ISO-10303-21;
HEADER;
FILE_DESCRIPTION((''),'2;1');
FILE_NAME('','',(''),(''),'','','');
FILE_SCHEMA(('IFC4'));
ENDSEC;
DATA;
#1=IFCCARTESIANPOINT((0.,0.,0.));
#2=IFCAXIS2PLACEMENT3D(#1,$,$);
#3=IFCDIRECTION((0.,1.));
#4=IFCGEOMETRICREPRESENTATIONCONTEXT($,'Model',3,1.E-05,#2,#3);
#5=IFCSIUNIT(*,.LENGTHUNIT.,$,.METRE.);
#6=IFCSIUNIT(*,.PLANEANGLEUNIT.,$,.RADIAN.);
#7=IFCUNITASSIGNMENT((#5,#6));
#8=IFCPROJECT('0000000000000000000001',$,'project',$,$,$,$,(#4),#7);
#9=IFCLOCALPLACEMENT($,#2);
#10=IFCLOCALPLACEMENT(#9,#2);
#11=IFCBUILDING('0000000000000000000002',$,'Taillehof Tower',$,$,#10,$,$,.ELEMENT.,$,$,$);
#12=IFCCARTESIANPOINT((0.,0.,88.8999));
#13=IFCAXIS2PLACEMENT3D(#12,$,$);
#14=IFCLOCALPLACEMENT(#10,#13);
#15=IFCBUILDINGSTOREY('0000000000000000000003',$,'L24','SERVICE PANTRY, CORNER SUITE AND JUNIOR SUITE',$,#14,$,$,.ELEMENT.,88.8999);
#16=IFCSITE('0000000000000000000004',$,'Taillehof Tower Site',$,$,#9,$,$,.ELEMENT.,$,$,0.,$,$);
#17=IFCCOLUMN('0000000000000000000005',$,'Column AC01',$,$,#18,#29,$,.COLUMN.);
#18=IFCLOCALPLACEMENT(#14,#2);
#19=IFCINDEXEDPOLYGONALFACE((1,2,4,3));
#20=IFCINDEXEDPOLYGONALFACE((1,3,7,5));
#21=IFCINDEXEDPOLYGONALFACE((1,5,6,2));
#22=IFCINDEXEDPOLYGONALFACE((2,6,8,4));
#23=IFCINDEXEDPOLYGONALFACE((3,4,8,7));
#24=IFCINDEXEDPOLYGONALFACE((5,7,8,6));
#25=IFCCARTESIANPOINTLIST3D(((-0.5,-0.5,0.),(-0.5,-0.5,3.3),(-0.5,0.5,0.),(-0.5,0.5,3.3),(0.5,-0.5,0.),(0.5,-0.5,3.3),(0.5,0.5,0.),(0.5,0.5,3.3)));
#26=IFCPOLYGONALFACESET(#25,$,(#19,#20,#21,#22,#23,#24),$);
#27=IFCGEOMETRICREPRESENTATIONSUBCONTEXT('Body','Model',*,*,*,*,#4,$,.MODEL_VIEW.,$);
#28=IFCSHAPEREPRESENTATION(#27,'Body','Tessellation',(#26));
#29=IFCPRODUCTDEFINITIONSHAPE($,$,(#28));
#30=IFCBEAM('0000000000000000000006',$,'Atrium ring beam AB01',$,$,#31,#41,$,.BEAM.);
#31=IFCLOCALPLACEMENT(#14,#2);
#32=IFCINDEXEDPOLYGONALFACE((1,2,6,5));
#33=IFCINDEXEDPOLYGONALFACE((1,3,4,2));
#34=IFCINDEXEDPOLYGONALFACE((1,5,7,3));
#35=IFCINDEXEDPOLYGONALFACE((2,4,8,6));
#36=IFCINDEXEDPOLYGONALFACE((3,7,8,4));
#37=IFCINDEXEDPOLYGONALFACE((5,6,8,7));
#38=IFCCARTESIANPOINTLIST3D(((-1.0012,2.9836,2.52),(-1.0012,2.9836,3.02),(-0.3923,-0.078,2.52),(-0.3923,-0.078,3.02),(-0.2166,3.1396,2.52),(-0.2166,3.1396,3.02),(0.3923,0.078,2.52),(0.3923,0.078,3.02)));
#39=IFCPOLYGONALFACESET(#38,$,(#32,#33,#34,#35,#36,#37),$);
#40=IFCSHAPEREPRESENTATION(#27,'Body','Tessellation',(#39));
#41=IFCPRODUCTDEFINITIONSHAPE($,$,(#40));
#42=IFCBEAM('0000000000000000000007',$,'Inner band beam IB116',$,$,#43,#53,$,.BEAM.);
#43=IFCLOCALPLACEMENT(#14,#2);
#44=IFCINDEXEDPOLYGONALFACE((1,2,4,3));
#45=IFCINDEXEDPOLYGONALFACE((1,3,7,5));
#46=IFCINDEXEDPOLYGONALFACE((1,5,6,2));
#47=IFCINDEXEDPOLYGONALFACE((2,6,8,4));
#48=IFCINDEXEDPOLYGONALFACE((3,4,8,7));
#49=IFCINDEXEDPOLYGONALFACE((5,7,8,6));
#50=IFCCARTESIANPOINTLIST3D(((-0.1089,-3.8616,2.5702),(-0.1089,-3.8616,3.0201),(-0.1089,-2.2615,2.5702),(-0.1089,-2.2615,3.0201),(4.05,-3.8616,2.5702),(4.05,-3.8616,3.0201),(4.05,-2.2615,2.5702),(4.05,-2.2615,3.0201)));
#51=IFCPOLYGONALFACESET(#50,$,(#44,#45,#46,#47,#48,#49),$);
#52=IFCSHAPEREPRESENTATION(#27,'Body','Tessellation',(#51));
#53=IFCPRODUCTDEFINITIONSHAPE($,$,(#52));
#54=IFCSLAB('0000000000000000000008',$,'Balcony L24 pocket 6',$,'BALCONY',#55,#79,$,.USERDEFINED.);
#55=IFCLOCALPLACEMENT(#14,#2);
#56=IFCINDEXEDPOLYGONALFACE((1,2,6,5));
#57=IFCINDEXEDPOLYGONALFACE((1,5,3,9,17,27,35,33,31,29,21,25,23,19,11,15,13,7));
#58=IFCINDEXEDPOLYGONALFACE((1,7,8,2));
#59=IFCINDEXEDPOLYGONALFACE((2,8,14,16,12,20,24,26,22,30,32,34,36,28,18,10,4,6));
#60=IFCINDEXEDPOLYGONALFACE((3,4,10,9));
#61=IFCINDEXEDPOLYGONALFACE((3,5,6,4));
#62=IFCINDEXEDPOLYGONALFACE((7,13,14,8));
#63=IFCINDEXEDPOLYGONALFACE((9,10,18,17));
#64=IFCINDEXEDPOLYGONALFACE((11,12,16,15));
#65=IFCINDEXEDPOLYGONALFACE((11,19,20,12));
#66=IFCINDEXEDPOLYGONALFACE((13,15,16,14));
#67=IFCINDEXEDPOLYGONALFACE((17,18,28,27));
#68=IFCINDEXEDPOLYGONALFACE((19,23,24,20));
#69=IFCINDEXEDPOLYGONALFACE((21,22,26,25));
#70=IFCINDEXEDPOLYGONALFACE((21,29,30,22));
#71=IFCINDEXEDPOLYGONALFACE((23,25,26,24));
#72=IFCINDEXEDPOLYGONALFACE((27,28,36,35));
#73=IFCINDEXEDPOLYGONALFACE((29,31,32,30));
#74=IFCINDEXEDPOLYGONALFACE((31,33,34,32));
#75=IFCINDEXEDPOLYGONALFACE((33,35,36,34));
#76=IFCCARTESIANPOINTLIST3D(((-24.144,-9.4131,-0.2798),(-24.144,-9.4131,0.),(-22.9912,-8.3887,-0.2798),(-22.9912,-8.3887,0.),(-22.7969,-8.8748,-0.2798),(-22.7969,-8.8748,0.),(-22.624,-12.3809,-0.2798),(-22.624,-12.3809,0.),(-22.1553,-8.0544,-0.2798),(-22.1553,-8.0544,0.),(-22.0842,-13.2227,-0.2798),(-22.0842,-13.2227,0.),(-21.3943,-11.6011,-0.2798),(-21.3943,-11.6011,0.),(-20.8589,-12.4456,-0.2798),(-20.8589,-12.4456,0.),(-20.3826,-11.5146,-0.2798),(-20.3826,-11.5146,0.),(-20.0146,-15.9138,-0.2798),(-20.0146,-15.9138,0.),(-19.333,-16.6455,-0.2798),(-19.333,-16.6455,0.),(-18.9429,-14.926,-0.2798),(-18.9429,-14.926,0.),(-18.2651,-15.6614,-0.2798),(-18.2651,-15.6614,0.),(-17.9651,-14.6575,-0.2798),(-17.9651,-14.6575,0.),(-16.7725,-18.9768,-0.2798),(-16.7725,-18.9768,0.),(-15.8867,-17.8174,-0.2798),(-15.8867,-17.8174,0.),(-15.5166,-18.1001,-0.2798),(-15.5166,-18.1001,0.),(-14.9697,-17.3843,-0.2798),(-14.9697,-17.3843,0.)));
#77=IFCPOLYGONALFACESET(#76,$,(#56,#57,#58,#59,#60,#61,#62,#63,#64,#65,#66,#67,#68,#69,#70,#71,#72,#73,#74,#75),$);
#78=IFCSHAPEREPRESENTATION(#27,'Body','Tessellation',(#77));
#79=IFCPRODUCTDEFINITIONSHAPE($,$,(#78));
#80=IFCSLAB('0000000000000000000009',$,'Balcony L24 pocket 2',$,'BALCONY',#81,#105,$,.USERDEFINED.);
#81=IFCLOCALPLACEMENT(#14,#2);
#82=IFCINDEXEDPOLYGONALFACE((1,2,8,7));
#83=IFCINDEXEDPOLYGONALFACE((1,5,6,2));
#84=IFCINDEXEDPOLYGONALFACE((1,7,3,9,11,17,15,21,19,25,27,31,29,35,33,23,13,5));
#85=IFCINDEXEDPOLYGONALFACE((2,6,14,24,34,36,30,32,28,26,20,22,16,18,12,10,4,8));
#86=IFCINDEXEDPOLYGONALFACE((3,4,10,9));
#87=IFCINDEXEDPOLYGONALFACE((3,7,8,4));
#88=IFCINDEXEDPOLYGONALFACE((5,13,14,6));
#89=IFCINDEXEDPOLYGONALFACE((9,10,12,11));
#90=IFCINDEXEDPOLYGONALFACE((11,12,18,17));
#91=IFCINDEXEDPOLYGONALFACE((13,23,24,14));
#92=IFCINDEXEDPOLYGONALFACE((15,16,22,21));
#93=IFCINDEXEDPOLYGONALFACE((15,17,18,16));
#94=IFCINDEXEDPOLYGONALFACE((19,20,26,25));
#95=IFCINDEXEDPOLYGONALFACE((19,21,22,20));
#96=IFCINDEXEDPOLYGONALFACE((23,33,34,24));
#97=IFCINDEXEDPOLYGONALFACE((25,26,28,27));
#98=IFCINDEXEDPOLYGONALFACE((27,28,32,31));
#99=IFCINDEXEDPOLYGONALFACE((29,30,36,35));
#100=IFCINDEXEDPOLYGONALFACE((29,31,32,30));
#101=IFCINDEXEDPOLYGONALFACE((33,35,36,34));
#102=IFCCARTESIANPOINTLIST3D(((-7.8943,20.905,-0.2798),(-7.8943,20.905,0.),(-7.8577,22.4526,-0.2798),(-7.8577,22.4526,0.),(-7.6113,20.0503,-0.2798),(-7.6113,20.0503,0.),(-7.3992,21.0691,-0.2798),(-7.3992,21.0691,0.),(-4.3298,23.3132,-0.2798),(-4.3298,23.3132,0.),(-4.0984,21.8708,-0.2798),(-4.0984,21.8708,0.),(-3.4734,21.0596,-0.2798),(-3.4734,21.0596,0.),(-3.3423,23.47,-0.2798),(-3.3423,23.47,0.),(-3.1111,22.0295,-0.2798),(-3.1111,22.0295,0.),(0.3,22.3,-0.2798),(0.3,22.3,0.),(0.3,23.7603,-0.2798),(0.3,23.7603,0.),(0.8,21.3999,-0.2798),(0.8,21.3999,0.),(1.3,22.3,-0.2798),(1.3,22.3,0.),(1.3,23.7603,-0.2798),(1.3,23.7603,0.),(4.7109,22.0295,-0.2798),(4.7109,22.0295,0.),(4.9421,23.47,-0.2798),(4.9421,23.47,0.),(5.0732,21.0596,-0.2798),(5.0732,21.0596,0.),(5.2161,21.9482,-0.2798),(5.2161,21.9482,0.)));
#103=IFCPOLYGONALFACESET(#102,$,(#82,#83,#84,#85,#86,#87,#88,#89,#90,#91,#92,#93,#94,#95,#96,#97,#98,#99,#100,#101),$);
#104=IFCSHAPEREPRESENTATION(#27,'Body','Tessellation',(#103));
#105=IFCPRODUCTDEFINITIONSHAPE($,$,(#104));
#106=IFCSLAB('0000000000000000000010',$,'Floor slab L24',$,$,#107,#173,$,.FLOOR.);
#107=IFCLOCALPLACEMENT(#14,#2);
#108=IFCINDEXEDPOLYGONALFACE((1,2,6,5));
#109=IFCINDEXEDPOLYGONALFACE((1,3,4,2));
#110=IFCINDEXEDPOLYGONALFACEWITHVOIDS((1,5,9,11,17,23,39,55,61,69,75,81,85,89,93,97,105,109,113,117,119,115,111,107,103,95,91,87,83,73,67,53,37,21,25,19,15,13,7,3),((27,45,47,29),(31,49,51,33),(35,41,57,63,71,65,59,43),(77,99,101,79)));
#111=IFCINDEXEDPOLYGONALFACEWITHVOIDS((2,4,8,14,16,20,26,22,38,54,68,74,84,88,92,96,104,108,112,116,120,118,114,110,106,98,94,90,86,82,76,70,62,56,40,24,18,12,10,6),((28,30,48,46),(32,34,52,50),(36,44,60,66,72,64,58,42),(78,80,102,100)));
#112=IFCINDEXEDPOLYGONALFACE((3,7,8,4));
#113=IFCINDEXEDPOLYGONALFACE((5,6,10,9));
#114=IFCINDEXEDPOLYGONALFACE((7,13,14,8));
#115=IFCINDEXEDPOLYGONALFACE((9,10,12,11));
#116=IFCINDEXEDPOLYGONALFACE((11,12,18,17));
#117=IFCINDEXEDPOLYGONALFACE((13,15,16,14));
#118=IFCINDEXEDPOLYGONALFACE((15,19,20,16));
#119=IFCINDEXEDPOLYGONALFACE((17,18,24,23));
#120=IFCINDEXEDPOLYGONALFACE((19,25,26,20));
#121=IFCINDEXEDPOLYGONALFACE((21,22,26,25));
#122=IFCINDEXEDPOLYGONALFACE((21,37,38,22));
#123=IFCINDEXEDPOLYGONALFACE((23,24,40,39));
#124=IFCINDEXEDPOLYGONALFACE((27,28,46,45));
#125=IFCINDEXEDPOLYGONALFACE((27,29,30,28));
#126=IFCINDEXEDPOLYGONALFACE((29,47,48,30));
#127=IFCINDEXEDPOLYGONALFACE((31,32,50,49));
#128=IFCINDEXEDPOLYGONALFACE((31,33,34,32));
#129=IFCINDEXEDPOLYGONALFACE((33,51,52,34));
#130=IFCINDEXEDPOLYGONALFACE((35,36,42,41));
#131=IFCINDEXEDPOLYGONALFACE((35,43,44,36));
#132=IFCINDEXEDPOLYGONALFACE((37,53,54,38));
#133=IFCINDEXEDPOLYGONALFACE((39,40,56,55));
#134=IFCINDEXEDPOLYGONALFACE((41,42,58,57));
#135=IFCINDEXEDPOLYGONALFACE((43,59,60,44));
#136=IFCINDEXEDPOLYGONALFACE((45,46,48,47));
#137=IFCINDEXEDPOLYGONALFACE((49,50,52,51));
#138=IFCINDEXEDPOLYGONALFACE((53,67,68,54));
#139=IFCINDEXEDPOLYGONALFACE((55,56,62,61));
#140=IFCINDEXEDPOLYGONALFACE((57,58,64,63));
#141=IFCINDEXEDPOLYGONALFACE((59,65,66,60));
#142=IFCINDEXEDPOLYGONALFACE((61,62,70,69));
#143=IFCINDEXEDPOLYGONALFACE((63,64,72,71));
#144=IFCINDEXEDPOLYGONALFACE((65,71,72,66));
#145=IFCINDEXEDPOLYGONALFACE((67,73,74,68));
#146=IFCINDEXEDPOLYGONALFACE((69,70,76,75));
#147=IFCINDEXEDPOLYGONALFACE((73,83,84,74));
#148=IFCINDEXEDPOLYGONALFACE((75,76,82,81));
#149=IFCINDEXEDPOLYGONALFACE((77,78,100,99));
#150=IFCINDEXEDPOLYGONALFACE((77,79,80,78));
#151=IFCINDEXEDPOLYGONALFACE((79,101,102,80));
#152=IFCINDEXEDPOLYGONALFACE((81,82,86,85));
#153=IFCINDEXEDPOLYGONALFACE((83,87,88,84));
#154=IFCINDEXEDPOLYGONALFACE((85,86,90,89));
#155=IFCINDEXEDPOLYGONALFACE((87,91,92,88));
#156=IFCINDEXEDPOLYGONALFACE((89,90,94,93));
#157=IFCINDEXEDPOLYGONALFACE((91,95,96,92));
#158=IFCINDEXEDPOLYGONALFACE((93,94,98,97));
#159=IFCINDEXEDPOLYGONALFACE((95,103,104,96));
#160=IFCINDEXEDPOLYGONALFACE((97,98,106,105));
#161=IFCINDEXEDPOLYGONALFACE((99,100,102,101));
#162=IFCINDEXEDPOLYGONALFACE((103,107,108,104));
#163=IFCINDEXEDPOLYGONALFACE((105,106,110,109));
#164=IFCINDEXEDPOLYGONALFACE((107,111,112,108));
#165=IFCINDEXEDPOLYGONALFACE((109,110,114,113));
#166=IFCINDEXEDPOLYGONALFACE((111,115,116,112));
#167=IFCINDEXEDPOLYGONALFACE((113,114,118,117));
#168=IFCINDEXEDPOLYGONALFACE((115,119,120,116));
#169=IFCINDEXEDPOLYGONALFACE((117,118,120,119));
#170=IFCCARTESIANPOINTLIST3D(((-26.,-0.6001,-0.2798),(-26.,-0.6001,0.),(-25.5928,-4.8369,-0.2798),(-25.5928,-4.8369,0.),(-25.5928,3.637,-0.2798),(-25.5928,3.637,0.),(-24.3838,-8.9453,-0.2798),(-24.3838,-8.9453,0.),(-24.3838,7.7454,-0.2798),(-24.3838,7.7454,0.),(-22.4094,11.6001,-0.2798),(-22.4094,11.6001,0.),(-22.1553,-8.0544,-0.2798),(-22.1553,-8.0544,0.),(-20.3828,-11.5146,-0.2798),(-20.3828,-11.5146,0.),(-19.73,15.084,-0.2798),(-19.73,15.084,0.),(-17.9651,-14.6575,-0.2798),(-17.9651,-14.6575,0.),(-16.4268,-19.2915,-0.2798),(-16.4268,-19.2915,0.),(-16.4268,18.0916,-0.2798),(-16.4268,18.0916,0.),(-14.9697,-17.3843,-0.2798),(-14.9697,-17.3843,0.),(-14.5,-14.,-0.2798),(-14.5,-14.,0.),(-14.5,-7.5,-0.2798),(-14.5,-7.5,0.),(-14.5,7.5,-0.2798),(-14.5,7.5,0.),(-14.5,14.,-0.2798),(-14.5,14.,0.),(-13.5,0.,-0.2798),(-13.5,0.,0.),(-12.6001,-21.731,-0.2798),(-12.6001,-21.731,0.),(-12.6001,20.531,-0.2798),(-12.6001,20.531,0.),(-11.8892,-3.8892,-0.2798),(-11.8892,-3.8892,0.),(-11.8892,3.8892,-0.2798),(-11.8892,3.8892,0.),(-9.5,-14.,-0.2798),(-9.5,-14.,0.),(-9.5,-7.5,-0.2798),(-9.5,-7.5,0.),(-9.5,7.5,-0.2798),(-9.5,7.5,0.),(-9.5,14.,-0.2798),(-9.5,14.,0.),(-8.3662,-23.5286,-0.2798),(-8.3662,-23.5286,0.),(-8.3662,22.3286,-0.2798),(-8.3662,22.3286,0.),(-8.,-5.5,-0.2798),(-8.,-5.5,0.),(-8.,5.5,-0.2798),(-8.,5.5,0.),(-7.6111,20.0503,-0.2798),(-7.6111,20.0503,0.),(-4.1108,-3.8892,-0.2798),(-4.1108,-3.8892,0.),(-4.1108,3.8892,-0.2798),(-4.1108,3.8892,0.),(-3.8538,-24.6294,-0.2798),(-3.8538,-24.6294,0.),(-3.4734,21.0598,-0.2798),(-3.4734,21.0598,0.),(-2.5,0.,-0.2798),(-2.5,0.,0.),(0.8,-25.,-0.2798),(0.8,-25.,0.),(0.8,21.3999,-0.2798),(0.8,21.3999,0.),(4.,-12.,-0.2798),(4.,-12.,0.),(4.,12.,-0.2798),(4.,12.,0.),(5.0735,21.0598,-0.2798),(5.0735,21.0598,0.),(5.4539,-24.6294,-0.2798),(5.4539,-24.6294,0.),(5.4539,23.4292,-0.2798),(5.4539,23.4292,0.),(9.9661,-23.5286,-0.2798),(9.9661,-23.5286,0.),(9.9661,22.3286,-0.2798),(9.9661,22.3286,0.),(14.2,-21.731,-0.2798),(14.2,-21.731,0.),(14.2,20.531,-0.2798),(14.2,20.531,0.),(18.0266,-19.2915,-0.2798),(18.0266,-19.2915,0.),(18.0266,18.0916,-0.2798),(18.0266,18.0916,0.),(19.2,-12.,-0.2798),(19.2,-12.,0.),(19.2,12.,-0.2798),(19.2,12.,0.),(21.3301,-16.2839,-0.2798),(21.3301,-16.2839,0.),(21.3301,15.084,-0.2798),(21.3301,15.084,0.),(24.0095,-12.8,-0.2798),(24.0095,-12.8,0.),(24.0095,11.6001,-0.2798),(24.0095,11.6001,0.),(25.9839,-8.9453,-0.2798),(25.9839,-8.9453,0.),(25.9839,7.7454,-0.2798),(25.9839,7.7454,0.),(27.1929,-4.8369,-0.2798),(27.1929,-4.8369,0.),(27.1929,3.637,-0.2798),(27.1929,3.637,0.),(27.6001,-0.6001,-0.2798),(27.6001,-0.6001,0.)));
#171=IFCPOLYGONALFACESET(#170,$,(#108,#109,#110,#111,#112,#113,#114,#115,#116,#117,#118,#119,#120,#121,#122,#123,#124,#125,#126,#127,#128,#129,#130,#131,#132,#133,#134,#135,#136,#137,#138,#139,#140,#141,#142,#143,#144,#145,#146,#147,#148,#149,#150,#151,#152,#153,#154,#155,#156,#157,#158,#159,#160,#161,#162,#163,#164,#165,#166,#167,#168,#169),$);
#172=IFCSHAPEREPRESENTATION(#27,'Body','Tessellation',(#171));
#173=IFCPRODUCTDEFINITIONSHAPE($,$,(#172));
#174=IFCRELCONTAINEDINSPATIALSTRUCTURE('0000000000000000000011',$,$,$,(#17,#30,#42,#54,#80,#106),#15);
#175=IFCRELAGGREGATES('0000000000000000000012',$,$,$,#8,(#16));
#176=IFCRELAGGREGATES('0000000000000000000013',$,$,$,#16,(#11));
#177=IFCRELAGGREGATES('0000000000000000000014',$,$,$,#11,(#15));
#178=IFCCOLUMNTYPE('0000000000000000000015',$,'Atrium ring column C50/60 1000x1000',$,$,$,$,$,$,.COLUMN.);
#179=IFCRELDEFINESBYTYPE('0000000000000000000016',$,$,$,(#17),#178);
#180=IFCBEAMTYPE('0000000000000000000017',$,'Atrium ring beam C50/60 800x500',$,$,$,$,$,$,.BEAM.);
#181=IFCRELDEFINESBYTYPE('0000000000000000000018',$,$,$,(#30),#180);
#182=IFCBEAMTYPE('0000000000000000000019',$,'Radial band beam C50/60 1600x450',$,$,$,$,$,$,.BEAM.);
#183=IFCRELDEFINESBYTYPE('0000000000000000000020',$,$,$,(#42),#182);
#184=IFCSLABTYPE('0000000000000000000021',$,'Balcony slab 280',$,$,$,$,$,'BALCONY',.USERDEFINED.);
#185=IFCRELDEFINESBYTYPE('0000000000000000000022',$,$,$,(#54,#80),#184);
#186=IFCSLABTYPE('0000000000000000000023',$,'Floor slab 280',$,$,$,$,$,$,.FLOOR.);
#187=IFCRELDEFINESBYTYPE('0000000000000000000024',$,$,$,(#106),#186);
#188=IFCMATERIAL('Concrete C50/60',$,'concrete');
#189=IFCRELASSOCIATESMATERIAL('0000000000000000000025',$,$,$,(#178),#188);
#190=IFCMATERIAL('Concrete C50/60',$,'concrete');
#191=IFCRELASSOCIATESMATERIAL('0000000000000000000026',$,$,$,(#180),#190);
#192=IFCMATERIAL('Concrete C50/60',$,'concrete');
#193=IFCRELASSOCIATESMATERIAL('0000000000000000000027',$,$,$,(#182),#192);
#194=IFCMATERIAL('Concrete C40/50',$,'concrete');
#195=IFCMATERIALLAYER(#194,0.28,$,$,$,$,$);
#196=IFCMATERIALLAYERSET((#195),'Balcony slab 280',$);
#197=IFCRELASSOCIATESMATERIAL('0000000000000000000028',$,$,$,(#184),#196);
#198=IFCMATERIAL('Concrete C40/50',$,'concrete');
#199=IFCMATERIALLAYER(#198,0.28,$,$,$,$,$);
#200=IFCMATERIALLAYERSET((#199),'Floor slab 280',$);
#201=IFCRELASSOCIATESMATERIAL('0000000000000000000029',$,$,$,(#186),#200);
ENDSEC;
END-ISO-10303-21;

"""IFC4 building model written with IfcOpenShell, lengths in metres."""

from ifc_helpers import new_model, si_unit, direction, frame, origin, origin_with_axes, origin_2d, place, context, subcontext, project, spatial, polyline, rectangle, outline, extrude, material, layer, layer_set, material_profile, profile_set, type_object, element, save


model = new_model("IFC4")

# Units and contexts
model_context = context("Model", 3, precision=1e-05, world=origin(), true_north=direction((0.0, 1.0)))
body_context = subcontext(model_context, "Body", "Model", "MODEL_VIEW")
ifc_project = project(units=[si_unit("LENGTHUNIT", "METRE"), si_unit("PLANEANGLEUNIT", "RADIAN")], contexts=[model_context])

# Site, building, storey
site_placement = place(None, origin())
site = spatial("IfcSite", under=ifc_project, at=site_placement, Name="Taillehof Tower Site", CompositionType="ELEMENT", RefElevation=0.0)
building_placement = place(site_placement, origin())
building = spatial("IfcBuilding", under=site, at=building_placement, Name="Taillehof Tower", CompositionType="ELEMENT")
storey_placement = place(building_placement, frame((0.0, 0.0, 88.8999)))
storey = spatial("IfcBuildingStorey", under=building, at=storey_placement, Name="L24", Description="SERVICE PANTRY, CORNER SUITE AND JUNIOR SUITE", CompositionType="ELEMENT", Elevation=88.8999)

# Column
ifc_material_1 = material(Name="Concrete C50/60", Category="concrete")
ifc_material_profile_1 = material_profile(ifc_material_1, rectangle(XDim=1.0, YDim=1.0, at=origin_2d()), Name="RC 1000x1000")
ifc_profile_set_1 = profile_set([ifc_material_profile_1], Name="Concrete C50/60")
column_type = type_object("IfcColumnType", Name="Atrium ring column C50/60 1000x1000", PredefinedType="COLUMN", material=ifc_profile_set_1)
column_placement = place(storey_placement, origin_with_axes())
element("IfcColumn", 1, at=column_placement, inside=storey, type_object=column_type, Name="Column AC01", PredefinedType="COLUMN", context=body_context, shape_type="SweptSolid", body=[
    extrude(rectangle(XDim=1.0, YDim=1.0, at=origin_2d()), origin(), (0.0, 0.0, 1.0), 3.3),
])

# Beams
ifc_material_2 = material(Name="Concrete C50/60", Category="concrete")
ifc_material_profile_2 = material_profile(ifc_material_2, rectangle(XDim=0.8, YDim=0.5, at=origin_2d()), Name="RC 800x500")
ifc_profile_set_2 = profile_set([ifc_material_profile_2], Name="Concrete C50/60")
beam_type_1 = type_object("IfcBeamType", Name="Atrium ring beam C50/60 800x500", PredefinedType="BEAM", material=ifc_profile_set_2)
beam_1_placement = place(storey_placement, frame((0.0, 0.0, 2.77), z_axis=(-0.195063, 0.980791, 0.0), x_axis=(-0.980791, -0.195063, 0.0)))
element("IfcBeam", 2, at=beam_1_placement, inside=storey, type_object=beam_type_1, Name="Atrium ring beam AB01", PredefinedType="BEAM", context=body_context, shape_type="SweptSolid", body=[
    extrude(rectangle(XDim=0.8, YDim=0.5, at=origin_2d()), origin(), (0.0, 0.0, 1.0), 3.1216),
])
ifc_material_3 = material(Name="Concrete C50/60", Category="concrete")
ifc_material_profile_3 = material_profile(ifc_material_3, rectangle(XDim=1.6001, YDim=0.45, at=origin_2d()), Name="RC 1600x450")
ifc_profile_set_3 = profile_set([ifc_material_profile_3], Name="Concrete C50/60")
beam_type_2 = type_object("IfcBeamType", Name="Radial band beam C50/60 1600x450", PredefinedType="BEAM", material=ifc_profile_set_3)
beam_2_placement = place(storey_placement, frame((-0.1089, -3.0615, 2.7952), z_axis=(1.0, 0.0, 0.0), x_axis=(0.0, 1.0, 0.0)))
element("IfcBeam", 3, at=beam_2_placement, inside=storey, type_object=beam_type_2, Name="Inner band beam IB116", PredefinedType="BEAM", context=body_context, shape_type="SweptSolid", body=[
    extrude(rectangle(XDim=1.6001, YDim=0.45, at=origin_2d()), origin(), (0.0, 0.0, 1.0), 4.1589),
])

# Slabs
ifc_material_4 = material(Name="Concrete C40/50", Category="concrete")
ifc_layer_1 = layer(ifc_material_4, 0.28)
ifc_layer_set_1 = layer_set([ifc_layer_1], Name="Balcony slab 280")
slab_type_1 = type_object("IfcSlabType", Name="Balcony slab 280", ElementType="BALCONY", PredefinedType="USERDEFINED", material=ifc_layer_set_1)
slab_1_placement = place(storey_placement, frame((0.0, 0.0, -0.2798)))
element("IfcSlab", 4, at=slab_1_placement, inside=storey, type_object=slab_type_1, Name="Balcony L24 pocket 6", ObjectType="BALCONY", PredefinedType="USERDEFINED", context=body_context, shape_type="SweptSolid", body=[
    extrude(outline(polyline([(-14.9697, -17.3843), (-15.5166, -18.1001), (-15.8867, -17.8174), (-16.7725, -18.9768), (-19.333, -16.6455), (-18.2651, -15.6614), (-18.9429, -14.926), (-20.0146, -15.9138), (-22.0842, -13.2227), (-20.8589, -12.4456), (-21.3943, -11.6011), (-22.624, -12.3809), (-24.144, -9.4131), (-22.7969, -8.8748), (-22.9912, -8.3887), (-22.1553, -8.0544), (-20.3826, -11.5146), (-17.9651, -14.6575), (-14.9697, -17.3843)])), origin(), (0.0, 0.0, 1.0), 0.2798),
])
slab_2_placement = place(storey_placement, frame((0.0, 0.0, -0.2798)))
element("IfcSlab", 5, at=slab_2_placement, inside=storey, type_object=slab_type_1, Name="Balcony L24 pocket 2", ObjectType="BALCONY", PredefinedType="USERDEFINED", context=body_context, shape_type="SweptSolid", body=[
    extrude(outline(polyline([(-7.6113, 20.0503), (-7.8943, 20.905), (-7.3992, 21.0691), (-7.8577, 22.4526), (-4.3298, 23.3132), (-4.0984, 21.8708), (-3.1111, 22.0295), (-3.3423, 23.47), (0.3, 23.7603), (0.3, 22.3), (1.3, 22.3), (1.3, 23.7603), (4.9421, 23.47), (4.7109, 22.0295), (5.2161, 21.9482), (5.0732, 21.0596), (0.8, 21.3999), (-3.4734, 21.0596), (-7.6113, 20.0503)])), origin(), (0.0, 0.0, 1.0), 0.2798),
])
ifc_material_5 = material(Name="Concrete C40/50", Category="concrete")
ifc_layer_2 = layer(ifc_material_5, 0.28)
ifc_layer_set_2 = layer_set([ifc_layer_2], Name="Floor slab 280")
slab_type_2 = type_object("IfcSlabType", Name="Floor slab 280", PredefinedType="FLOOR", material=ifc_layer_set_2)
slab_3_placement = place(storey_placement, frame((0.0, 0.0, -0.2798)))
element("IfcSlab", 6, at=slab_3_placement, inside=storey, type_object=slab_type_2, Name="Floor slab L24", PredefinedType="FLOOR", context=body_context, shape_type="SweptSolid", body=[
    extrude(outline(polyline([(27.6001, -0.6001), (27.1929, 3.637), (25.9839, 7.7454), (24.0095, 11.6001), (21.3301, 15.084), (18.0266, 18.0916), (14.2, 20.531), (9.9661, 22.3286), (5.4539, 23.4292), (5.0735, 21.0598), (0.8, 21.3999), (-3.4734, 21.0598), (-7.6111, 20.0503), (-8.3662, 22.3286), (-12.6001, 20.531), (-16.4268, 18.0916), (-19.73, 15.084), (-22.4094, 11.6001), (-24.3838, 7.7454), (-25.5928, 3.637), (-26.0, -0.6001), (-25.5928, -4.8369), (-24.3838, -8.9453), (-22.1553, -8.0544), (-20.3828, -11.5146), (-17.9651, -14.6575), (-14.9697, -17.3843), (-16.4268, -19.2915), (-12.6001, -21.731), (-8.3662, -23.5286), (-3.8538, -24.6294), (0.8, -25.0), (5.4539, -24.6294), (9.9661, -23.5286), (14.2, -21.731), (18.0266, -19.2915), (21.3301, -16.2839), (24.0095, -12.8), (25.9839, -8.9453), (27.1929, -4.8369), (27.6001, -0.6001)]), holes=[polyline([(-14.5, -7.5), (-9.5, -7.5), (-9.5, -14.0), (-14.5, -14.0), (-14.5, -7.5)]), polyline([(-8.0, -5.5), (-11.8892, -3.8892), (-13.5, 0.0), (-11.8892, 3.8892), (-8.0, 5.5), (-4.1108, 3.8892), (-2.5, 0.0), (-4.1108, -3.8892), (-8.0, -5.5)]), polyline([(19.2, 12.0), (19.2, -12.0), (4.0, -12.0), (4.0, 12.0), (19.2, 12.0)]), polyline([(-14.5, 14.0), (-9.5, 14.0), (-9.5, 7.5), (-14.5, 7.5), (-14.5, 14.0)])]), origin(), (0.0, 0.0, 1.0), 0.2798),
])

save(model, "model.ifc")
